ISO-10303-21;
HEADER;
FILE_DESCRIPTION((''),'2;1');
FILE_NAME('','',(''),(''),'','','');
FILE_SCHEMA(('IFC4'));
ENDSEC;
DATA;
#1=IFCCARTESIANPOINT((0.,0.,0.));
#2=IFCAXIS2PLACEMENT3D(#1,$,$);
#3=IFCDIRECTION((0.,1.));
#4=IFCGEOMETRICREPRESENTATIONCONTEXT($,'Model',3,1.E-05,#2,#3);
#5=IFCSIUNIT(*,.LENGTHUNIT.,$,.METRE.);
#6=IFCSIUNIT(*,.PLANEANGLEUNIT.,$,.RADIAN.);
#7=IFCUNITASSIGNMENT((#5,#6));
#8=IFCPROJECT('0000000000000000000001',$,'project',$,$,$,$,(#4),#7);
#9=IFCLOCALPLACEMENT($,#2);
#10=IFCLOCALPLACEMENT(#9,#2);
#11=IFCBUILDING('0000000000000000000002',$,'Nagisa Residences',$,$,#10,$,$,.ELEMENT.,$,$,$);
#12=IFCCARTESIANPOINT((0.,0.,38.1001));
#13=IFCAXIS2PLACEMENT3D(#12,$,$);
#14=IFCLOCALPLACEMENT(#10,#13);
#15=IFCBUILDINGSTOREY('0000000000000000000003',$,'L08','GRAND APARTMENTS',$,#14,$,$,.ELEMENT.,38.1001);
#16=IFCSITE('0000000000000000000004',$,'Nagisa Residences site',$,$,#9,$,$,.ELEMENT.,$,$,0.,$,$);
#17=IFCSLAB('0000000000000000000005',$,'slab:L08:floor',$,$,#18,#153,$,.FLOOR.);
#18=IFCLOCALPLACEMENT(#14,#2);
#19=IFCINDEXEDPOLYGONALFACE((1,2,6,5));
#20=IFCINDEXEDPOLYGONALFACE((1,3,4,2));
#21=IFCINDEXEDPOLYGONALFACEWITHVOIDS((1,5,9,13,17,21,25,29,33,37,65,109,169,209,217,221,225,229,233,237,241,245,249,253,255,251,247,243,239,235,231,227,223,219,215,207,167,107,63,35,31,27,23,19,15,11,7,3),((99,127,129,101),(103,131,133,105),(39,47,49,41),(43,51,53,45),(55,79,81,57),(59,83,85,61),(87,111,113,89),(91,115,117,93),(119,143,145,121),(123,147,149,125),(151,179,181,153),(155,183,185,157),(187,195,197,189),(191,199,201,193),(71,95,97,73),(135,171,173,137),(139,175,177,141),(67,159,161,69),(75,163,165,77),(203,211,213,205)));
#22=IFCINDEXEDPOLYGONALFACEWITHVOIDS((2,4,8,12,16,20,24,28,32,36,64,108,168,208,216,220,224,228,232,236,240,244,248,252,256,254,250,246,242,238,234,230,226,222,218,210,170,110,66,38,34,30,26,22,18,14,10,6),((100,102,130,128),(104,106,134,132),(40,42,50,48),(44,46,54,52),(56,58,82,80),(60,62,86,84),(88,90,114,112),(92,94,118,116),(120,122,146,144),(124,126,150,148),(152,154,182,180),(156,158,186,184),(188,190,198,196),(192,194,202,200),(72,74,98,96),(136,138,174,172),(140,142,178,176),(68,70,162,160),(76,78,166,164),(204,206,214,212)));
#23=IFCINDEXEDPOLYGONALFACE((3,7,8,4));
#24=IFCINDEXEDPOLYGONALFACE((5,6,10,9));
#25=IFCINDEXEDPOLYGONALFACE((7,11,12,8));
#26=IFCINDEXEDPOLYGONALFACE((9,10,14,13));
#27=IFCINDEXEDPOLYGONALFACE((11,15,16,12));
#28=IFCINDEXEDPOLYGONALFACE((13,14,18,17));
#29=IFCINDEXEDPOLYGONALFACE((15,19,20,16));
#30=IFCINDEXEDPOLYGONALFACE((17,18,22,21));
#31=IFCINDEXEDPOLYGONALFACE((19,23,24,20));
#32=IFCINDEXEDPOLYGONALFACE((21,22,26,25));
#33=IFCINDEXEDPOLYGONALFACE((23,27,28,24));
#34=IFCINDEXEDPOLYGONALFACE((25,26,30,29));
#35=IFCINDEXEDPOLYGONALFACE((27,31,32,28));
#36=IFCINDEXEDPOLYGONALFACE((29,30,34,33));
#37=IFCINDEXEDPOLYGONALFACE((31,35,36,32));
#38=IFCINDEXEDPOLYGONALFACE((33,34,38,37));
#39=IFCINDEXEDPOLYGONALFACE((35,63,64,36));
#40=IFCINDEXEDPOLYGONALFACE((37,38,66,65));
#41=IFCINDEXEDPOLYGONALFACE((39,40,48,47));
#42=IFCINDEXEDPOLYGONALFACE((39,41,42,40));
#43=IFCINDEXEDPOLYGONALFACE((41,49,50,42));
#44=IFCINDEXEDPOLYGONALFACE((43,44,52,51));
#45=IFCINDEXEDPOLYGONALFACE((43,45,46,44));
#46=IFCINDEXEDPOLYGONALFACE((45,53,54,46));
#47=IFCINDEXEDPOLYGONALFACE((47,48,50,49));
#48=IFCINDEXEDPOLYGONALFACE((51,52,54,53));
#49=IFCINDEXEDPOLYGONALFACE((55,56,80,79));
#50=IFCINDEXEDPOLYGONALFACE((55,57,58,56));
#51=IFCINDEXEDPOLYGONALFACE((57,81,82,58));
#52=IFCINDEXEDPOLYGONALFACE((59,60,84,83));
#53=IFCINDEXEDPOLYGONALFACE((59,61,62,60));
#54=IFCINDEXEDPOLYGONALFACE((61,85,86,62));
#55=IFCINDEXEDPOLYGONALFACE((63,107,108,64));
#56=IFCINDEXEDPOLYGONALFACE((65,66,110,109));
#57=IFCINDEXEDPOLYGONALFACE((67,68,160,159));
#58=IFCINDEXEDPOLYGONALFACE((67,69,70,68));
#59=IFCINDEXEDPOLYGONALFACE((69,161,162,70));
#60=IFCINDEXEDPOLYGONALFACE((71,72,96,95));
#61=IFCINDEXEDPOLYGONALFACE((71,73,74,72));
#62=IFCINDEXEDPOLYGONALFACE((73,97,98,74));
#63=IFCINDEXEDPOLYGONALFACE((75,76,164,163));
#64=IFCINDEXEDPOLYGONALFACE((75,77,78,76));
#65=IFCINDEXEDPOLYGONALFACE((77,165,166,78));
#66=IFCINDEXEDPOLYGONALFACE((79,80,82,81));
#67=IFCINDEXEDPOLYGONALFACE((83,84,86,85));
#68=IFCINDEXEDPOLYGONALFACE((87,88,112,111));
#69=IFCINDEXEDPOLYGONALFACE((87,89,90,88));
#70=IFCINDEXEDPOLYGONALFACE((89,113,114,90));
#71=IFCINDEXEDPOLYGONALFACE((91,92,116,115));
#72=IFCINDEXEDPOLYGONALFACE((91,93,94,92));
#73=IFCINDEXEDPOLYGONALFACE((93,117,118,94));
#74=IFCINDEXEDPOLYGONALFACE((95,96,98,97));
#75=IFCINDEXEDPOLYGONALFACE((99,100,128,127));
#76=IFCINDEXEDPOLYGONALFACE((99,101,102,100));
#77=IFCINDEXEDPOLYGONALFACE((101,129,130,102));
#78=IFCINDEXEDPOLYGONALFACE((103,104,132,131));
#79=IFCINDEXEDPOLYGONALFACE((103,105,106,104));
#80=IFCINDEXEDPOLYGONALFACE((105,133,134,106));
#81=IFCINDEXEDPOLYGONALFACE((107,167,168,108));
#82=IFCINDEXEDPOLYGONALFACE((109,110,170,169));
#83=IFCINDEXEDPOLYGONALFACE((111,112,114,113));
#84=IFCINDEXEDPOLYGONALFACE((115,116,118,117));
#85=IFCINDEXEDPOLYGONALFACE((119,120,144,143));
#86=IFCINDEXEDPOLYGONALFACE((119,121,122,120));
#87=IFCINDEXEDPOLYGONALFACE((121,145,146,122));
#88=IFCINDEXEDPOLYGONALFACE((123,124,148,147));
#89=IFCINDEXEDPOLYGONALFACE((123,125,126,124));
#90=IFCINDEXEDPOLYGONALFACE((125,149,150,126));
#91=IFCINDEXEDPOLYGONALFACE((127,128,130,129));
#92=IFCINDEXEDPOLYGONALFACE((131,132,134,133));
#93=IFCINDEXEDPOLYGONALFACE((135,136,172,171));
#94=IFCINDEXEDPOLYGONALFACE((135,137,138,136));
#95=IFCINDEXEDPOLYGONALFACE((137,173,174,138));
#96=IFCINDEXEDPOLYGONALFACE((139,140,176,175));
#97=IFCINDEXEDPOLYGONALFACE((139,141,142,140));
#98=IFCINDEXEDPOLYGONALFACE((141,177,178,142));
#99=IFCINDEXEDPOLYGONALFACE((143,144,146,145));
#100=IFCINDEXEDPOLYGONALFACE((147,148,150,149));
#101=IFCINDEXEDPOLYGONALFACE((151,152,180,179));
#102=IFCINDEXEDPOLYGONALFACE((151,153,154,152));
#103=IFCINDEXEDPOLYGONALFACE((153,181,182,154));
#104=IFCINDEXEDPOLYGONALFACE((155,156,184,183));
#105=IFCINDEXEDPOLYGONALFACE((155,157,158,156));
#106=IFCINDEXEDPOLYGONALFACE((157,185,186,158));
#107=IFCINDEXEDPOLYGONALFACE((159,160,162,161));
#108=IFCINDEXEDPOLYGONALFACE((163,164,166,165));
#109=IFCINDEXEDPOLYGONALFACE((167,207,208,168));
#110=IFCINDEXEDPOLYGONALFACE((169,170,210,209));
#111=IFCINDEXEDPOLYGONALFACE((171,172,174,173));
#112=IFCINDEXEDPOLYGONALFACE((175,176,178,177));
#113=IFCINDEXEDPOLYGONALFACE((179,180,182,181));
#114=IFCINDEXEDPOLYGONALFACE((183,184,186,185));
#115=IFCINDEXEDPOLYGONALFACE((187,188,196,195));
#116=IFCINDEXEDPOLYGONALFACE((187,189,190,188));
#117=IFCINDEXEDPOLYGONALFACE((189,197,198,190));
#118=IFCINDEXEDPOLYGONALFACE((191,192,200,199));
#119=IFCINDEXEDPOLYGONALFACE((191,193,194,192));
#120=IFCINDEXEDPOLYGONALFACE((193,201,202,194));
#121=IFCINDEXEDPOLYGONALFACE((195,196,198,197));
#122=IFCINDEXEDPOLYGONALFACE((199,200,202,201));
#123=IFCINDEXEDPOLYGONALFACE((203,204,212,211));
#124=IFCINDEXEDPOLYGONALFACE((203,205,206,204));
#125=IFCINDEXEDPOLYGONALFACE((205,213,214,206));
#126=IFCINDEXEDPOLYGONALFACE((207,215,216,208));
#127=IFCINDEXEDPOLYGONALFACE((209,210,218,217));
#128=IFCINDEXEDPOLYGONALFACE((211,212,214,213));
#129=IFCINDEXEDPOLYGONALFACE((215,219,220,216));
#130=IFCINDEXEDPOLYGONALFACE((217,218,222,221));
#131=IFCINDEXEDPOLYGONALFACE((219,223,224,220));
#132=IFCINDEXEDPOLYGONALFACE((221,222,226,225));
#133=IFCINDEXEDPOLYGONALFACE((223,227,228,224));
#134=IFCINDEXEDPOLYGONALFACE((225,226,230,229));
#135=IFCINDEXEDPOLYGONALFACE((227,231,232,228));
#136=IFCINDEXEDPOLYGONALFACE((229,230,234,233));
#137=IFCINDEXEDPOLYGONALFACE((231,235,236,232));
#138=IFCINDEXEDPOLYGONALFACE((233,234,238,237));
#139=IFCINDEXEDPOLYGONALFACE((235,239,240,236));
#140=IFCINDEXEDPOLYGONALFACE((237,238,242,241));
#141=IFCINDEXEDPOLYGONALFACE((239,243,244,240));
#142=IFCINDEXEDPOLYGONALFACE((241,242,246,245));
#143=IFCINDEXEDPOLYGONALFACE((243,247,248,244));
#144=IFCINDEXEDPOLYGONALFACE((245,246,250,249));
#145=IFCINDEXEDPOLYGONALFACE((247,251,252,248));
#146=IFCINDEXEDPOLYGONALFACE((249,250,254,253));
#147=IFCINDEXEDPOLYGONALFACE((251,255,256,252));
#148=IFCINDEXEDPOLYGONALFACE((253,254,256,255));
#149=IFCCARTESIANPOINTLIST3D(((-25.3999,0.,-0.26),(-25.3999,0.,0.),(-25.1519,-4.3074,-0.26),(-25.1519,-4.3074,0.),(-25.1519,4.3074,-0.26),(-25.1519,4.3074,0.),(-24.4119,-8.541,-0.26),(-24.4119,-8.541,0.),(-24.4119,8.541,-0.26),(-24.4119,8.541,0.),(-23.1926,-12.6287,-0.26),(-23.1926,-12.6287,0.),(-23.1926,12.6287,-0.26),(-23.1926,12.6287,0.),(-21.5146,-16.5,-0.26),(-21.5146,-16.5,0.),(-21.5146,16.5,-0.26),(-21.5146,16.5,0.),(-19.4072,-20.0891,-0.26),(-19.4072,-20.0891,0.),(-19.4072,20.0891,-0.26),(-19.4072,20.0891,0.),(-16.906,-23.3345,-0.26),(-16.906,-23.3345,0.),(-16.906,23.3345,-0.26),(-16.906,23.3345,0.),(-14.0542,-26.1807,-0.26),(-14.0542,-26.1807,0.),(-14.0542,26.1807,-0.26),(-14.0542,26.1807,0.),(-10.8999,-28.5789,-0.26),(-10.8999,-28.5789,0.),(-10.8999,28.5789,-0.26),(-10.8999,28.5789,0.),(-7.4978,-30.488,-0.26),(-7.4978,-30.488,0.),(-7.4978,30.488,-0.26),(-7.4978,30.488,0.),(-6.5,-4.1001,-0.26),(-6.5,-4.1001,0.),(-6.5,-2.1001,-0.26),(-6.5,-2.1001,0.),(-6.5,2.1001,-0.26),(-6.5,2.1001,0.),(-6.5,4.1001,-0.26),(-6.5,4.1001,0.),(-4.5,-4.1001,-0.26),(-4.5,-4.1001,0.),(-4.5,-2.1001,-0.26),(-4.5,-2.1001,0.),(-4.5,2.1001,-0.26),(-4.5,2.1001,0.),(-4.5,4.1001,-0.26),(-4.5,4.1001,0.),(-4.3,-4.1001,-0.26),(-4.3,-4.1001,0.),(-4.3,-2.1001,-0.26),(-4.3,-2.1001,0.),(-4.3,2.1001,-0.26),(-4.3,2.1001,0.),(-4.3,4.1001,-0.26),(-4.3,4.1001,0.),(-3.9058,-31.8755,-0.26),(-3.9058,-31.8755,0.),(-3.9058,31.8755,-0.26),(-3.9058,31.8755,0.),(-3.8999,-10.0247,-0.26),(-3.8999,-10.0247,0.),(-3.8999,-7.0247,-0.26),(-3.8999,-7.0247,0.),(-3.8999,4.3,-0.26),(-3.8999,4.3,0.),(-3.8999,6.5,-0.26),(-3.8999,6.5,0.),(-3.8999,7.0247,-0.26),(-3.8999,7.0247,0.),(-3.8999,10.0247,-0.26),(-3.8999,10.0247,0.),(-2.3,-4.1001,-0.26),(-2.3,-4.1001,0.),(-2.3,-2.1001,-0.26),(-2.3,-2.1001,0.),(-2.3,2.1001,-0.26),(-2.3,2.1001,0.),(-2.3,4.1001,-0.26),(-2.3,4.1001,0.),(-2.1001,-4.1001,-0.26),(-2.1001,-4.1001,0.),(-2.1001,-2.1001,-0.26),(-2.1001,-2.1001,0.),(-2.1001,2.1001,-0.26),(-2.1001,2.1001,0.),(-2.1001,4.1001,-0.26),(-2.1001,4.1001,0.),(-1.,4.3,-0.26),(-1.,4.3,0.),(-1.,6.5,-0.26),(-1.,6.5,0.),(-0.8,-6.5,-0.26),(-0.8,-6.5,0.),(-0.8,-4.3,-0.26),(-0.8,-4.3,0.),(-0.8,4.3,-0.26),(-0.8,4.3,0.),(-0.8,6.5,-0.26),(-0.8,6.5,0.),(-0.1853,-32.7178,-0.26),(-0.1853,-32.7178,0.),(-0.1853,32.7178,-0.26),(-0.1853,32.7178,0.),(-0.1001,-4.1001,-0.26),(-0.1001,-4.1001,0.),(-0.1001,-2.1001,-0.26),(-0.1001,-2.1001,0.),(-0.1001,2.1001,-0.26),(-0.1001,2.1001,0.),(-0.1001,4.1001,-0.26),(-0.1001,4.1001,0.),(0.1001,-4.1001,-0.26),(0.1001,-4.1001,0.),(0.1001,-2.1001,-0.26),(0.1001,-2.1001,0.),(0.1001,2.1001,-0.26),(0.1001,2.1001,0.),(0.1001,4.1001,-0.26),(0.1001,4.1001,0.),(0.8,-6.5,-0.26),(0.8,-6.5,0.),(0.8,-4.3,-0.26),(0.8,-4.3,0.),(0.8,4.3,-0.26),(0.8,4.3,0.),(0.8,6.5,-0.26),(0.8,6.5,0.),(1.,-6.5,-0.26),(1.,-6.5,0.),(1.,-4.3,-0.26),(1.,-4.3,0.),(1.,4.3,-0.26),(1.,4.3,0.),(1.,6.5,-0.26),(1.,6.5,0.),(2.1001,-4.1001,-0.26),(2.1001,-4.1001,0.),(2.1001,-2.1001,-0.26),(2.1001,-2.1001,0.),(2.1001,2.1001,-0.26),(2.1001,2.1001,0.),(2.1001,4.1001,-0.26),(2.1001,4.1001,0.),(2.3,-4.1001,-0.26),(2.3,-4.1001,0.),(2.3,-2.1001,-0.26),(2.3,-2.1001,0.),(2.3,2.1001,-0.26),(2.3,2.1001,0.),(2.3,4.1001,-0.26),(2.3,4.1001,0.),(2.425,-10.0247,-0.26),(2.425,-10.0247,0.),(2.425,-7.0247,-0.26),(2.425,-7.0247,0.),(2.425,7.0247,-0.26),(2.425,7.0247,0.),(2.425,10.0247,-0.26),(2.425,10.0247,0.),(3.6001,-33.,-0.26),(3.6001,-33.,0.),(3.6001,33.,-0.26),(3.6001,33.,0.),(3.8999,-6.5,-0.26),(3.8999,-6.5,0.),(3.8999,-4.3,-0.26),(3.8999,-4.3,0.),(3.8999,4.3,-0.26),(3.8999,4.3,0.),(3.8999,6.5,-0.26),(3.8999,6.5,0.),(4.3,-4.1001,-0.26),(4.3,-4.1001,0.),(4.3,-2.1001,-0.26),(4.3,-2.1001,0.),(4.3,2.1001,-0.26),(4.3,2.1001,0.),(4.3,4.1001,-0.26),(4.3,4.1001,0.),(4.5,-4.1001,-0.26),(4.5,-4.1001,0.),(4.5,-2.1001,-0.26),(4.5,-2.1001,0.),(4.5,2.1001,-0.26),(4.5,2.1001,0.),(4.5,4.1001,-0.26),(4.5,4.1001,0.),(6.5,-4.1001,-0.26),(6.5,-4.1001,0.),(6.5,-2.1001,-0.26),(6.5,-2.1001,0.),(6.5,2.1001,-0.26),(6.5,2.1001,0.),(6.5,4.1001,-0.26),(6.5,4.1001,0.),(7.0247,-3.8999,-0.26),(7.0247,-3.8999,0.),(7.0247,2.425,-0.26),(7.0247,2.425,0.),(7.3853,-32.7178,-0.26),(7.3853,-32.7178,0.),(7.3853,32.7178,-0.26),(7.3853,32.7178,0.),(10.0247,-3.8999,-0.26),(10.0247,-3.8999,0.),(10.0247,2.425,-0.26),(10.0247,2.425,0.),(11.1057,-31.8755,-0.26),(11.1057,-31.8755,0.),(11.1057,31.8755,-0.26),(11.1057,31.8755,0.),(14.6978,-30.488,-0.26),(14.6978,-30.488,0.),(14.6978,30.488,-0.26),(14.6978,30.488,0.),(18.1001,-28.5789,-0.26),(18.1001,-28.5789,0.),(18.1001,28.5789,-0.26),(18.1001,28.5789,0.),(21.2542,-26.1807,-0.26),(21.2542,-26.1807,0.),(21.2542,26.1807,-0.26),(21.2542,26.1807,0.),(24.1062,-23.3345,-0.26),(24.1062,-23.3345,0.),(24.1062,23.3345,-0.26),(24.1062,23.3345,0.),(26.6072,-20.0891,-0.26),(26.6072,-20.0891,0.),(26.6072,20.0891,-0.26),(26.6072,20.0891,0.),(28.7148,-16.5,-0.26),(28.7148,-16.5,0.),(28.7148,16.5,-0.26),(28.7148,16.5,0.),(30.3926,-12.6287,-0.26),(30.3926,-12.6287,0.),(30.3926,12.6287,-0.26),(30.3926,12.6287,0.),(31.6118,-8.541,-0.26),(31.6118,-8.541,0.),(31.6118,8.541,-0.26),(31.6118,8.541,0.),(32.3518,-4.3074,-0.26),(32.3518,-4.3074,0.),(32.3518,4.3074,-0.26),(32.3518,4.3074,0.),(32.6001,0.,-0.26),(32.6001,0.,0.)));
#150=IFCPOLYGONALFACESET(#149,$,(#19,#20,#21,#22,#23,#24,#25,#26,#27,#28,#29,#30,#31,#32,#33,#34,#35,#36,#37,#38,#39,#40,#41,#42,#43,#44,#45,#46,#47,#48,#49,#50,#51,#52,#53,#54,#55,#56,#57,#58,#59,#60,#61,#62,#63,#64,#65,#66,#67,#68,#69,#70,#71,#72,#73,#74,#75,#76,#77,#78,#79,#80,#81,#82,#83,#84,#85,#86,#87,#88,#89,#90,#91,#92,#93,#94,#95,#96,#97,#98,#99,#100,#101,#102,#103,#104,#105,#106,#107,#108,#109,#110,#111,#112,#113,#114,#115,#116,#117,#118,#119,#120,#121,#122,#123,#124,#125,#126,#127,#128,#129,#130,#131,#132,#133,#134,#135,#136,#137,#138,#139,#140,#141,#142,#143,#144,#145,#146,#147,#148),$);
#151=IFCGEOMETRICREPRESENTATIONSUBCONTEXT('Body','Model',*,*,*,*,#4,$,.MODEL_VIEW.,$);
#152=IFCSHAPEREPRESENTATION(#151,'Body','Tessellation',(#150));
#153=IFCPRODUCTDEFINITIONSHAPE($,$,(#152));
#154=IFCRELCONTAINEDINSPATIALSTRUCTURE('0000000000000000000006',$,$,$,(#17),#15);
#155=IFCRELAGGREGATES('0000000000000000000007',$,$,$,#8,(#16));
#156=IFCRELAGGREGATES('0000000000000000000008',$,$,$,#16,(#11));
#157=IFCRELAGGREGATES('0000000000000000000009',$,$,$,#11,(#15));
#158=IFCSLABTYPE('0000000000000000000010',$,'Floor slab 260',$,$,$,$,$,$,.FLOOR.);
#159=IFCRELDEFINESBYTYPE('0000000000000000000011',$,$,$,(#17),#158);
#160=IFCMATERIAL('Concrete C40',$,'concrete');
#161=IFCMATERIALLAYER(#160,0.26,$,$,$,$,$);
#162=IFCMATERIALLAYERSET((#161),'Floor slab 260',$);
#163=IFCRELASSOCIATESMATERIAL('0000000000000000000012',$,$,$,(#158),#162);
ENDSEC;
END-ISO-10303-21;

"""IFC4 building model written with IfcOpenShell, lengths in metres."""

from ifc_helpers import new_model, si_unit, direction, frame, origin, place, context, subcontext, project, spatial, polyline, outline, extrude, material, layer, layer_set, type_object, element, save


model = new_model("IFC4")

# Units and contexts
model_context = context("Model", 3, precision=1e-05, world=origin(), true_north=direction((0.0, 1.0)))
body_context = subcontext(model_context, "Body", "Model", "MODEL_VIEW")
ifc_project = project(units=[si_unit("LENGTHUNIT", "METRE"), si_unit("PLANEANGLEUNIT", "RADIAN")], contexts=[model_context])

# Site, building, storey
site_placement = place(None, origin())
site = spatial("IfcSite", under=ifc_project, at=site_placement, Name="Nagisa Residences site", CompositionType="ELEMENT", RefElevation=0.0)
building_placement = place(site_placement, origin())
building = spatial("IfcBuilding", under=site, at=building_placement, Name="Nagisa Residences", CompositionType="ELEMENT")
storey_placement = place(building_placement, frame((0.0, 0.0, 38.1001)))
storey = spatial("IfcBuildingStorey", under=building, at=storey_placement, Name="L08", Description="GRAND APARTMENTS", CompositionType="ELEMENT", Elevation=38.1001)

# Slab
ifc_material_1 = material(Name="Concrete C40", Category="concrete")
ifc_layer_1 = layer(ifc_material_1, 0.26)
ifc_layer_set_1 = layer_set([ifc_layer_1], Name="Floor slab 260")
slab_type_1 = type_object("IfcSlabType", Name="Floor slab 260", PredefinedType="FLOOR", material=ifc_layer_set_1)
slab_1_placement = place(storey_placement, frame((0.0, 0.0, -0.26)))
element("IfcSlab", 1, at=slab_1_placement, inside=storey, type_object=slab_type_1, Name="slab:L08:floor", PredefinedType="FLOOR", context=body_context, shape_type="SweptSolid", body=[
    extrude(outline(polyline([(32.6001, 0.0), (32.3518, 4.3074), (31.6118, 8.541), (30.3926, 12.6287), (28.7148, 16.5), (26.6072, 20.0891), (24.1062, 23.3345), (21.2542, 26.1807), (18.1001, 28.5789), (14.6978, 30.488), (11.1057, 31.8755), (7.3853, 32.7178), (3.6001, 33.0), (-0.1853, 32.7178), (-3.9058, 31.8755), (-7.4978, 30.488), (-10.8999, 28.5789), (-14.0542, 26.1807), (-16.906, 23.3345), (-19.4072, 20.0891), (-21.5146, 16.5), (-23.1926, 12.6287), (-24.4119, 8.541), (-25.1519, 4.3074), (-25.3999, 0.0), (-25.1519, -4.3074), (-24.4119, -8.541), (-23.1926, -12.6287), (-21.5146, -16.5), (-19.4072, -20.0891), (-16.906, -23.3345), (-14.0542, -26.1807), (-10.8999, -28.5789), (-7.4978, -30.488), (-3.9058, -31.8755), (-0.1853, -32.7178), (3.6001, -33.0), (7.3853, -32.7178), (11.1057, -31.8755), (14.6978, -30.488), (18.1001, -28.5789), (21.2542, -26.1807), (24.1062, -23.3345), (26.6072, -20.0891), (28.7148, -16.5), (30.3926, -12.6287), (31.6118, -8.541), (32.3518, -4.3074), (32.6001, 0.0)]), holes=[polyline([(-4.5, 2.1001), (-4.5, 4.1001), (-6.5, 4.1001), (-6.5, 2.1001), (-4.5, 2.1001)]), polyline([(-2.3, 2.1001), (-2.3, 4.1001), (-4.3, 4.1001), (-4.3, 2.1001), (-2.3, 2.1001)]), polyline([(-0.1001, 2.1001), (-0.1001, 4.1001), (-2.1001, 4.1001), (-2.1001, 2.1001), (-0.1001, 2.1001)]), polyline([(2.1001, 2.1001), (2.1001, 4.1001), (0.1001, 4.1001), (0.1001, 2.1001), (2.1001, 2.1001)]), polyline([(4.3, 2.1001), (4.3, 4.1001), (2.3, 4.1001), (2.3, 2.1001), (4.3, 2.1001)]), polyline([(6.5, 2.1001), (6.5, 4.1001), (4.5, 4.1001), (4.5, 2.1001), (6.5, 2.1001)]), polyline([(-4.5, -4.1001), (-4.5, -2.1001), (-6.5, -2.1001), (-6.5, -4.1001), (-4.5, -4.1001)]), polyline([(-2.3, -4.1001), (-2.3, -2.1001), (-4.3, -2.1001), (-4.3, -4.1001), (-2.3, -4.1001)]), polyline([(-0.1001, -4.1001), (-0.1001, -2.1001), (-2.1001, -2.1001), (-2.1001, -4.1001), (-0.1001, -4.1001)]), polyline([(2.1001, -4.1001), (2.1001, -2.1001), (0.1001, -2.1001), (0.1001, -4.1001), (2.1001, -4.1001)]), polyline([(4.3, -4.1001), (4.3, -2.1001), (2.3, -2.1001), (2.3, -4.1001), (4.3, -4.1001)]), polyline([(6.5, -4.1001), (6.5, -2.1001), (4.5, -2.1001), (4.5, -4.1001), (6.5, -4.1001)]), polyline([(3.8999, 4.3), (3.8999, 6.5), (1.0, 6.5), (1.0, 4.3), (3.8999, 4.3)]), polyline([(3.8999, -6.5), (3.8999, -4.3), (1.0, -4.3), (1.0, -6.5), (3.8999, -6.5)]), polyline([(-1.0, 4.3), (-1.0, 6.5), (-3.8999, 6.5), (-3.8999, 4.3), (-1.0, 4.3)]), polyline([(0.8, 4.3), (0.8, 6.5), (-0.8, 6.5), (-0.8, 4.3), (0.8, 4.3)]), polyline([(0.8, -6.5), (0.8, -4.3), (-0.8, -4.3), (-0.8, -6.5), (0.8, -6.5)]), polyline([(10.0247, -3.8999), (7.0247, -3.8999), (7.0247, 2.425), (10.0247, 2.425), (10.0247, -3.8999)]), polyline([(-3.8999, 7.0247), (-3.8999, 10.0247), (2.425, 10.0247), (2.425, 7.0247), (-3.8999, 7.0247)]), polyline([(-3.8999, -10.0247), (-3.8999, -7.0247), (2.425, -7.0247), (2.425, -10.0247), (-3.8999, -10.0247)])]), origin(), (0.0, 0.0, 1.0), 0.26),
])

save(model, "model.ifc")
